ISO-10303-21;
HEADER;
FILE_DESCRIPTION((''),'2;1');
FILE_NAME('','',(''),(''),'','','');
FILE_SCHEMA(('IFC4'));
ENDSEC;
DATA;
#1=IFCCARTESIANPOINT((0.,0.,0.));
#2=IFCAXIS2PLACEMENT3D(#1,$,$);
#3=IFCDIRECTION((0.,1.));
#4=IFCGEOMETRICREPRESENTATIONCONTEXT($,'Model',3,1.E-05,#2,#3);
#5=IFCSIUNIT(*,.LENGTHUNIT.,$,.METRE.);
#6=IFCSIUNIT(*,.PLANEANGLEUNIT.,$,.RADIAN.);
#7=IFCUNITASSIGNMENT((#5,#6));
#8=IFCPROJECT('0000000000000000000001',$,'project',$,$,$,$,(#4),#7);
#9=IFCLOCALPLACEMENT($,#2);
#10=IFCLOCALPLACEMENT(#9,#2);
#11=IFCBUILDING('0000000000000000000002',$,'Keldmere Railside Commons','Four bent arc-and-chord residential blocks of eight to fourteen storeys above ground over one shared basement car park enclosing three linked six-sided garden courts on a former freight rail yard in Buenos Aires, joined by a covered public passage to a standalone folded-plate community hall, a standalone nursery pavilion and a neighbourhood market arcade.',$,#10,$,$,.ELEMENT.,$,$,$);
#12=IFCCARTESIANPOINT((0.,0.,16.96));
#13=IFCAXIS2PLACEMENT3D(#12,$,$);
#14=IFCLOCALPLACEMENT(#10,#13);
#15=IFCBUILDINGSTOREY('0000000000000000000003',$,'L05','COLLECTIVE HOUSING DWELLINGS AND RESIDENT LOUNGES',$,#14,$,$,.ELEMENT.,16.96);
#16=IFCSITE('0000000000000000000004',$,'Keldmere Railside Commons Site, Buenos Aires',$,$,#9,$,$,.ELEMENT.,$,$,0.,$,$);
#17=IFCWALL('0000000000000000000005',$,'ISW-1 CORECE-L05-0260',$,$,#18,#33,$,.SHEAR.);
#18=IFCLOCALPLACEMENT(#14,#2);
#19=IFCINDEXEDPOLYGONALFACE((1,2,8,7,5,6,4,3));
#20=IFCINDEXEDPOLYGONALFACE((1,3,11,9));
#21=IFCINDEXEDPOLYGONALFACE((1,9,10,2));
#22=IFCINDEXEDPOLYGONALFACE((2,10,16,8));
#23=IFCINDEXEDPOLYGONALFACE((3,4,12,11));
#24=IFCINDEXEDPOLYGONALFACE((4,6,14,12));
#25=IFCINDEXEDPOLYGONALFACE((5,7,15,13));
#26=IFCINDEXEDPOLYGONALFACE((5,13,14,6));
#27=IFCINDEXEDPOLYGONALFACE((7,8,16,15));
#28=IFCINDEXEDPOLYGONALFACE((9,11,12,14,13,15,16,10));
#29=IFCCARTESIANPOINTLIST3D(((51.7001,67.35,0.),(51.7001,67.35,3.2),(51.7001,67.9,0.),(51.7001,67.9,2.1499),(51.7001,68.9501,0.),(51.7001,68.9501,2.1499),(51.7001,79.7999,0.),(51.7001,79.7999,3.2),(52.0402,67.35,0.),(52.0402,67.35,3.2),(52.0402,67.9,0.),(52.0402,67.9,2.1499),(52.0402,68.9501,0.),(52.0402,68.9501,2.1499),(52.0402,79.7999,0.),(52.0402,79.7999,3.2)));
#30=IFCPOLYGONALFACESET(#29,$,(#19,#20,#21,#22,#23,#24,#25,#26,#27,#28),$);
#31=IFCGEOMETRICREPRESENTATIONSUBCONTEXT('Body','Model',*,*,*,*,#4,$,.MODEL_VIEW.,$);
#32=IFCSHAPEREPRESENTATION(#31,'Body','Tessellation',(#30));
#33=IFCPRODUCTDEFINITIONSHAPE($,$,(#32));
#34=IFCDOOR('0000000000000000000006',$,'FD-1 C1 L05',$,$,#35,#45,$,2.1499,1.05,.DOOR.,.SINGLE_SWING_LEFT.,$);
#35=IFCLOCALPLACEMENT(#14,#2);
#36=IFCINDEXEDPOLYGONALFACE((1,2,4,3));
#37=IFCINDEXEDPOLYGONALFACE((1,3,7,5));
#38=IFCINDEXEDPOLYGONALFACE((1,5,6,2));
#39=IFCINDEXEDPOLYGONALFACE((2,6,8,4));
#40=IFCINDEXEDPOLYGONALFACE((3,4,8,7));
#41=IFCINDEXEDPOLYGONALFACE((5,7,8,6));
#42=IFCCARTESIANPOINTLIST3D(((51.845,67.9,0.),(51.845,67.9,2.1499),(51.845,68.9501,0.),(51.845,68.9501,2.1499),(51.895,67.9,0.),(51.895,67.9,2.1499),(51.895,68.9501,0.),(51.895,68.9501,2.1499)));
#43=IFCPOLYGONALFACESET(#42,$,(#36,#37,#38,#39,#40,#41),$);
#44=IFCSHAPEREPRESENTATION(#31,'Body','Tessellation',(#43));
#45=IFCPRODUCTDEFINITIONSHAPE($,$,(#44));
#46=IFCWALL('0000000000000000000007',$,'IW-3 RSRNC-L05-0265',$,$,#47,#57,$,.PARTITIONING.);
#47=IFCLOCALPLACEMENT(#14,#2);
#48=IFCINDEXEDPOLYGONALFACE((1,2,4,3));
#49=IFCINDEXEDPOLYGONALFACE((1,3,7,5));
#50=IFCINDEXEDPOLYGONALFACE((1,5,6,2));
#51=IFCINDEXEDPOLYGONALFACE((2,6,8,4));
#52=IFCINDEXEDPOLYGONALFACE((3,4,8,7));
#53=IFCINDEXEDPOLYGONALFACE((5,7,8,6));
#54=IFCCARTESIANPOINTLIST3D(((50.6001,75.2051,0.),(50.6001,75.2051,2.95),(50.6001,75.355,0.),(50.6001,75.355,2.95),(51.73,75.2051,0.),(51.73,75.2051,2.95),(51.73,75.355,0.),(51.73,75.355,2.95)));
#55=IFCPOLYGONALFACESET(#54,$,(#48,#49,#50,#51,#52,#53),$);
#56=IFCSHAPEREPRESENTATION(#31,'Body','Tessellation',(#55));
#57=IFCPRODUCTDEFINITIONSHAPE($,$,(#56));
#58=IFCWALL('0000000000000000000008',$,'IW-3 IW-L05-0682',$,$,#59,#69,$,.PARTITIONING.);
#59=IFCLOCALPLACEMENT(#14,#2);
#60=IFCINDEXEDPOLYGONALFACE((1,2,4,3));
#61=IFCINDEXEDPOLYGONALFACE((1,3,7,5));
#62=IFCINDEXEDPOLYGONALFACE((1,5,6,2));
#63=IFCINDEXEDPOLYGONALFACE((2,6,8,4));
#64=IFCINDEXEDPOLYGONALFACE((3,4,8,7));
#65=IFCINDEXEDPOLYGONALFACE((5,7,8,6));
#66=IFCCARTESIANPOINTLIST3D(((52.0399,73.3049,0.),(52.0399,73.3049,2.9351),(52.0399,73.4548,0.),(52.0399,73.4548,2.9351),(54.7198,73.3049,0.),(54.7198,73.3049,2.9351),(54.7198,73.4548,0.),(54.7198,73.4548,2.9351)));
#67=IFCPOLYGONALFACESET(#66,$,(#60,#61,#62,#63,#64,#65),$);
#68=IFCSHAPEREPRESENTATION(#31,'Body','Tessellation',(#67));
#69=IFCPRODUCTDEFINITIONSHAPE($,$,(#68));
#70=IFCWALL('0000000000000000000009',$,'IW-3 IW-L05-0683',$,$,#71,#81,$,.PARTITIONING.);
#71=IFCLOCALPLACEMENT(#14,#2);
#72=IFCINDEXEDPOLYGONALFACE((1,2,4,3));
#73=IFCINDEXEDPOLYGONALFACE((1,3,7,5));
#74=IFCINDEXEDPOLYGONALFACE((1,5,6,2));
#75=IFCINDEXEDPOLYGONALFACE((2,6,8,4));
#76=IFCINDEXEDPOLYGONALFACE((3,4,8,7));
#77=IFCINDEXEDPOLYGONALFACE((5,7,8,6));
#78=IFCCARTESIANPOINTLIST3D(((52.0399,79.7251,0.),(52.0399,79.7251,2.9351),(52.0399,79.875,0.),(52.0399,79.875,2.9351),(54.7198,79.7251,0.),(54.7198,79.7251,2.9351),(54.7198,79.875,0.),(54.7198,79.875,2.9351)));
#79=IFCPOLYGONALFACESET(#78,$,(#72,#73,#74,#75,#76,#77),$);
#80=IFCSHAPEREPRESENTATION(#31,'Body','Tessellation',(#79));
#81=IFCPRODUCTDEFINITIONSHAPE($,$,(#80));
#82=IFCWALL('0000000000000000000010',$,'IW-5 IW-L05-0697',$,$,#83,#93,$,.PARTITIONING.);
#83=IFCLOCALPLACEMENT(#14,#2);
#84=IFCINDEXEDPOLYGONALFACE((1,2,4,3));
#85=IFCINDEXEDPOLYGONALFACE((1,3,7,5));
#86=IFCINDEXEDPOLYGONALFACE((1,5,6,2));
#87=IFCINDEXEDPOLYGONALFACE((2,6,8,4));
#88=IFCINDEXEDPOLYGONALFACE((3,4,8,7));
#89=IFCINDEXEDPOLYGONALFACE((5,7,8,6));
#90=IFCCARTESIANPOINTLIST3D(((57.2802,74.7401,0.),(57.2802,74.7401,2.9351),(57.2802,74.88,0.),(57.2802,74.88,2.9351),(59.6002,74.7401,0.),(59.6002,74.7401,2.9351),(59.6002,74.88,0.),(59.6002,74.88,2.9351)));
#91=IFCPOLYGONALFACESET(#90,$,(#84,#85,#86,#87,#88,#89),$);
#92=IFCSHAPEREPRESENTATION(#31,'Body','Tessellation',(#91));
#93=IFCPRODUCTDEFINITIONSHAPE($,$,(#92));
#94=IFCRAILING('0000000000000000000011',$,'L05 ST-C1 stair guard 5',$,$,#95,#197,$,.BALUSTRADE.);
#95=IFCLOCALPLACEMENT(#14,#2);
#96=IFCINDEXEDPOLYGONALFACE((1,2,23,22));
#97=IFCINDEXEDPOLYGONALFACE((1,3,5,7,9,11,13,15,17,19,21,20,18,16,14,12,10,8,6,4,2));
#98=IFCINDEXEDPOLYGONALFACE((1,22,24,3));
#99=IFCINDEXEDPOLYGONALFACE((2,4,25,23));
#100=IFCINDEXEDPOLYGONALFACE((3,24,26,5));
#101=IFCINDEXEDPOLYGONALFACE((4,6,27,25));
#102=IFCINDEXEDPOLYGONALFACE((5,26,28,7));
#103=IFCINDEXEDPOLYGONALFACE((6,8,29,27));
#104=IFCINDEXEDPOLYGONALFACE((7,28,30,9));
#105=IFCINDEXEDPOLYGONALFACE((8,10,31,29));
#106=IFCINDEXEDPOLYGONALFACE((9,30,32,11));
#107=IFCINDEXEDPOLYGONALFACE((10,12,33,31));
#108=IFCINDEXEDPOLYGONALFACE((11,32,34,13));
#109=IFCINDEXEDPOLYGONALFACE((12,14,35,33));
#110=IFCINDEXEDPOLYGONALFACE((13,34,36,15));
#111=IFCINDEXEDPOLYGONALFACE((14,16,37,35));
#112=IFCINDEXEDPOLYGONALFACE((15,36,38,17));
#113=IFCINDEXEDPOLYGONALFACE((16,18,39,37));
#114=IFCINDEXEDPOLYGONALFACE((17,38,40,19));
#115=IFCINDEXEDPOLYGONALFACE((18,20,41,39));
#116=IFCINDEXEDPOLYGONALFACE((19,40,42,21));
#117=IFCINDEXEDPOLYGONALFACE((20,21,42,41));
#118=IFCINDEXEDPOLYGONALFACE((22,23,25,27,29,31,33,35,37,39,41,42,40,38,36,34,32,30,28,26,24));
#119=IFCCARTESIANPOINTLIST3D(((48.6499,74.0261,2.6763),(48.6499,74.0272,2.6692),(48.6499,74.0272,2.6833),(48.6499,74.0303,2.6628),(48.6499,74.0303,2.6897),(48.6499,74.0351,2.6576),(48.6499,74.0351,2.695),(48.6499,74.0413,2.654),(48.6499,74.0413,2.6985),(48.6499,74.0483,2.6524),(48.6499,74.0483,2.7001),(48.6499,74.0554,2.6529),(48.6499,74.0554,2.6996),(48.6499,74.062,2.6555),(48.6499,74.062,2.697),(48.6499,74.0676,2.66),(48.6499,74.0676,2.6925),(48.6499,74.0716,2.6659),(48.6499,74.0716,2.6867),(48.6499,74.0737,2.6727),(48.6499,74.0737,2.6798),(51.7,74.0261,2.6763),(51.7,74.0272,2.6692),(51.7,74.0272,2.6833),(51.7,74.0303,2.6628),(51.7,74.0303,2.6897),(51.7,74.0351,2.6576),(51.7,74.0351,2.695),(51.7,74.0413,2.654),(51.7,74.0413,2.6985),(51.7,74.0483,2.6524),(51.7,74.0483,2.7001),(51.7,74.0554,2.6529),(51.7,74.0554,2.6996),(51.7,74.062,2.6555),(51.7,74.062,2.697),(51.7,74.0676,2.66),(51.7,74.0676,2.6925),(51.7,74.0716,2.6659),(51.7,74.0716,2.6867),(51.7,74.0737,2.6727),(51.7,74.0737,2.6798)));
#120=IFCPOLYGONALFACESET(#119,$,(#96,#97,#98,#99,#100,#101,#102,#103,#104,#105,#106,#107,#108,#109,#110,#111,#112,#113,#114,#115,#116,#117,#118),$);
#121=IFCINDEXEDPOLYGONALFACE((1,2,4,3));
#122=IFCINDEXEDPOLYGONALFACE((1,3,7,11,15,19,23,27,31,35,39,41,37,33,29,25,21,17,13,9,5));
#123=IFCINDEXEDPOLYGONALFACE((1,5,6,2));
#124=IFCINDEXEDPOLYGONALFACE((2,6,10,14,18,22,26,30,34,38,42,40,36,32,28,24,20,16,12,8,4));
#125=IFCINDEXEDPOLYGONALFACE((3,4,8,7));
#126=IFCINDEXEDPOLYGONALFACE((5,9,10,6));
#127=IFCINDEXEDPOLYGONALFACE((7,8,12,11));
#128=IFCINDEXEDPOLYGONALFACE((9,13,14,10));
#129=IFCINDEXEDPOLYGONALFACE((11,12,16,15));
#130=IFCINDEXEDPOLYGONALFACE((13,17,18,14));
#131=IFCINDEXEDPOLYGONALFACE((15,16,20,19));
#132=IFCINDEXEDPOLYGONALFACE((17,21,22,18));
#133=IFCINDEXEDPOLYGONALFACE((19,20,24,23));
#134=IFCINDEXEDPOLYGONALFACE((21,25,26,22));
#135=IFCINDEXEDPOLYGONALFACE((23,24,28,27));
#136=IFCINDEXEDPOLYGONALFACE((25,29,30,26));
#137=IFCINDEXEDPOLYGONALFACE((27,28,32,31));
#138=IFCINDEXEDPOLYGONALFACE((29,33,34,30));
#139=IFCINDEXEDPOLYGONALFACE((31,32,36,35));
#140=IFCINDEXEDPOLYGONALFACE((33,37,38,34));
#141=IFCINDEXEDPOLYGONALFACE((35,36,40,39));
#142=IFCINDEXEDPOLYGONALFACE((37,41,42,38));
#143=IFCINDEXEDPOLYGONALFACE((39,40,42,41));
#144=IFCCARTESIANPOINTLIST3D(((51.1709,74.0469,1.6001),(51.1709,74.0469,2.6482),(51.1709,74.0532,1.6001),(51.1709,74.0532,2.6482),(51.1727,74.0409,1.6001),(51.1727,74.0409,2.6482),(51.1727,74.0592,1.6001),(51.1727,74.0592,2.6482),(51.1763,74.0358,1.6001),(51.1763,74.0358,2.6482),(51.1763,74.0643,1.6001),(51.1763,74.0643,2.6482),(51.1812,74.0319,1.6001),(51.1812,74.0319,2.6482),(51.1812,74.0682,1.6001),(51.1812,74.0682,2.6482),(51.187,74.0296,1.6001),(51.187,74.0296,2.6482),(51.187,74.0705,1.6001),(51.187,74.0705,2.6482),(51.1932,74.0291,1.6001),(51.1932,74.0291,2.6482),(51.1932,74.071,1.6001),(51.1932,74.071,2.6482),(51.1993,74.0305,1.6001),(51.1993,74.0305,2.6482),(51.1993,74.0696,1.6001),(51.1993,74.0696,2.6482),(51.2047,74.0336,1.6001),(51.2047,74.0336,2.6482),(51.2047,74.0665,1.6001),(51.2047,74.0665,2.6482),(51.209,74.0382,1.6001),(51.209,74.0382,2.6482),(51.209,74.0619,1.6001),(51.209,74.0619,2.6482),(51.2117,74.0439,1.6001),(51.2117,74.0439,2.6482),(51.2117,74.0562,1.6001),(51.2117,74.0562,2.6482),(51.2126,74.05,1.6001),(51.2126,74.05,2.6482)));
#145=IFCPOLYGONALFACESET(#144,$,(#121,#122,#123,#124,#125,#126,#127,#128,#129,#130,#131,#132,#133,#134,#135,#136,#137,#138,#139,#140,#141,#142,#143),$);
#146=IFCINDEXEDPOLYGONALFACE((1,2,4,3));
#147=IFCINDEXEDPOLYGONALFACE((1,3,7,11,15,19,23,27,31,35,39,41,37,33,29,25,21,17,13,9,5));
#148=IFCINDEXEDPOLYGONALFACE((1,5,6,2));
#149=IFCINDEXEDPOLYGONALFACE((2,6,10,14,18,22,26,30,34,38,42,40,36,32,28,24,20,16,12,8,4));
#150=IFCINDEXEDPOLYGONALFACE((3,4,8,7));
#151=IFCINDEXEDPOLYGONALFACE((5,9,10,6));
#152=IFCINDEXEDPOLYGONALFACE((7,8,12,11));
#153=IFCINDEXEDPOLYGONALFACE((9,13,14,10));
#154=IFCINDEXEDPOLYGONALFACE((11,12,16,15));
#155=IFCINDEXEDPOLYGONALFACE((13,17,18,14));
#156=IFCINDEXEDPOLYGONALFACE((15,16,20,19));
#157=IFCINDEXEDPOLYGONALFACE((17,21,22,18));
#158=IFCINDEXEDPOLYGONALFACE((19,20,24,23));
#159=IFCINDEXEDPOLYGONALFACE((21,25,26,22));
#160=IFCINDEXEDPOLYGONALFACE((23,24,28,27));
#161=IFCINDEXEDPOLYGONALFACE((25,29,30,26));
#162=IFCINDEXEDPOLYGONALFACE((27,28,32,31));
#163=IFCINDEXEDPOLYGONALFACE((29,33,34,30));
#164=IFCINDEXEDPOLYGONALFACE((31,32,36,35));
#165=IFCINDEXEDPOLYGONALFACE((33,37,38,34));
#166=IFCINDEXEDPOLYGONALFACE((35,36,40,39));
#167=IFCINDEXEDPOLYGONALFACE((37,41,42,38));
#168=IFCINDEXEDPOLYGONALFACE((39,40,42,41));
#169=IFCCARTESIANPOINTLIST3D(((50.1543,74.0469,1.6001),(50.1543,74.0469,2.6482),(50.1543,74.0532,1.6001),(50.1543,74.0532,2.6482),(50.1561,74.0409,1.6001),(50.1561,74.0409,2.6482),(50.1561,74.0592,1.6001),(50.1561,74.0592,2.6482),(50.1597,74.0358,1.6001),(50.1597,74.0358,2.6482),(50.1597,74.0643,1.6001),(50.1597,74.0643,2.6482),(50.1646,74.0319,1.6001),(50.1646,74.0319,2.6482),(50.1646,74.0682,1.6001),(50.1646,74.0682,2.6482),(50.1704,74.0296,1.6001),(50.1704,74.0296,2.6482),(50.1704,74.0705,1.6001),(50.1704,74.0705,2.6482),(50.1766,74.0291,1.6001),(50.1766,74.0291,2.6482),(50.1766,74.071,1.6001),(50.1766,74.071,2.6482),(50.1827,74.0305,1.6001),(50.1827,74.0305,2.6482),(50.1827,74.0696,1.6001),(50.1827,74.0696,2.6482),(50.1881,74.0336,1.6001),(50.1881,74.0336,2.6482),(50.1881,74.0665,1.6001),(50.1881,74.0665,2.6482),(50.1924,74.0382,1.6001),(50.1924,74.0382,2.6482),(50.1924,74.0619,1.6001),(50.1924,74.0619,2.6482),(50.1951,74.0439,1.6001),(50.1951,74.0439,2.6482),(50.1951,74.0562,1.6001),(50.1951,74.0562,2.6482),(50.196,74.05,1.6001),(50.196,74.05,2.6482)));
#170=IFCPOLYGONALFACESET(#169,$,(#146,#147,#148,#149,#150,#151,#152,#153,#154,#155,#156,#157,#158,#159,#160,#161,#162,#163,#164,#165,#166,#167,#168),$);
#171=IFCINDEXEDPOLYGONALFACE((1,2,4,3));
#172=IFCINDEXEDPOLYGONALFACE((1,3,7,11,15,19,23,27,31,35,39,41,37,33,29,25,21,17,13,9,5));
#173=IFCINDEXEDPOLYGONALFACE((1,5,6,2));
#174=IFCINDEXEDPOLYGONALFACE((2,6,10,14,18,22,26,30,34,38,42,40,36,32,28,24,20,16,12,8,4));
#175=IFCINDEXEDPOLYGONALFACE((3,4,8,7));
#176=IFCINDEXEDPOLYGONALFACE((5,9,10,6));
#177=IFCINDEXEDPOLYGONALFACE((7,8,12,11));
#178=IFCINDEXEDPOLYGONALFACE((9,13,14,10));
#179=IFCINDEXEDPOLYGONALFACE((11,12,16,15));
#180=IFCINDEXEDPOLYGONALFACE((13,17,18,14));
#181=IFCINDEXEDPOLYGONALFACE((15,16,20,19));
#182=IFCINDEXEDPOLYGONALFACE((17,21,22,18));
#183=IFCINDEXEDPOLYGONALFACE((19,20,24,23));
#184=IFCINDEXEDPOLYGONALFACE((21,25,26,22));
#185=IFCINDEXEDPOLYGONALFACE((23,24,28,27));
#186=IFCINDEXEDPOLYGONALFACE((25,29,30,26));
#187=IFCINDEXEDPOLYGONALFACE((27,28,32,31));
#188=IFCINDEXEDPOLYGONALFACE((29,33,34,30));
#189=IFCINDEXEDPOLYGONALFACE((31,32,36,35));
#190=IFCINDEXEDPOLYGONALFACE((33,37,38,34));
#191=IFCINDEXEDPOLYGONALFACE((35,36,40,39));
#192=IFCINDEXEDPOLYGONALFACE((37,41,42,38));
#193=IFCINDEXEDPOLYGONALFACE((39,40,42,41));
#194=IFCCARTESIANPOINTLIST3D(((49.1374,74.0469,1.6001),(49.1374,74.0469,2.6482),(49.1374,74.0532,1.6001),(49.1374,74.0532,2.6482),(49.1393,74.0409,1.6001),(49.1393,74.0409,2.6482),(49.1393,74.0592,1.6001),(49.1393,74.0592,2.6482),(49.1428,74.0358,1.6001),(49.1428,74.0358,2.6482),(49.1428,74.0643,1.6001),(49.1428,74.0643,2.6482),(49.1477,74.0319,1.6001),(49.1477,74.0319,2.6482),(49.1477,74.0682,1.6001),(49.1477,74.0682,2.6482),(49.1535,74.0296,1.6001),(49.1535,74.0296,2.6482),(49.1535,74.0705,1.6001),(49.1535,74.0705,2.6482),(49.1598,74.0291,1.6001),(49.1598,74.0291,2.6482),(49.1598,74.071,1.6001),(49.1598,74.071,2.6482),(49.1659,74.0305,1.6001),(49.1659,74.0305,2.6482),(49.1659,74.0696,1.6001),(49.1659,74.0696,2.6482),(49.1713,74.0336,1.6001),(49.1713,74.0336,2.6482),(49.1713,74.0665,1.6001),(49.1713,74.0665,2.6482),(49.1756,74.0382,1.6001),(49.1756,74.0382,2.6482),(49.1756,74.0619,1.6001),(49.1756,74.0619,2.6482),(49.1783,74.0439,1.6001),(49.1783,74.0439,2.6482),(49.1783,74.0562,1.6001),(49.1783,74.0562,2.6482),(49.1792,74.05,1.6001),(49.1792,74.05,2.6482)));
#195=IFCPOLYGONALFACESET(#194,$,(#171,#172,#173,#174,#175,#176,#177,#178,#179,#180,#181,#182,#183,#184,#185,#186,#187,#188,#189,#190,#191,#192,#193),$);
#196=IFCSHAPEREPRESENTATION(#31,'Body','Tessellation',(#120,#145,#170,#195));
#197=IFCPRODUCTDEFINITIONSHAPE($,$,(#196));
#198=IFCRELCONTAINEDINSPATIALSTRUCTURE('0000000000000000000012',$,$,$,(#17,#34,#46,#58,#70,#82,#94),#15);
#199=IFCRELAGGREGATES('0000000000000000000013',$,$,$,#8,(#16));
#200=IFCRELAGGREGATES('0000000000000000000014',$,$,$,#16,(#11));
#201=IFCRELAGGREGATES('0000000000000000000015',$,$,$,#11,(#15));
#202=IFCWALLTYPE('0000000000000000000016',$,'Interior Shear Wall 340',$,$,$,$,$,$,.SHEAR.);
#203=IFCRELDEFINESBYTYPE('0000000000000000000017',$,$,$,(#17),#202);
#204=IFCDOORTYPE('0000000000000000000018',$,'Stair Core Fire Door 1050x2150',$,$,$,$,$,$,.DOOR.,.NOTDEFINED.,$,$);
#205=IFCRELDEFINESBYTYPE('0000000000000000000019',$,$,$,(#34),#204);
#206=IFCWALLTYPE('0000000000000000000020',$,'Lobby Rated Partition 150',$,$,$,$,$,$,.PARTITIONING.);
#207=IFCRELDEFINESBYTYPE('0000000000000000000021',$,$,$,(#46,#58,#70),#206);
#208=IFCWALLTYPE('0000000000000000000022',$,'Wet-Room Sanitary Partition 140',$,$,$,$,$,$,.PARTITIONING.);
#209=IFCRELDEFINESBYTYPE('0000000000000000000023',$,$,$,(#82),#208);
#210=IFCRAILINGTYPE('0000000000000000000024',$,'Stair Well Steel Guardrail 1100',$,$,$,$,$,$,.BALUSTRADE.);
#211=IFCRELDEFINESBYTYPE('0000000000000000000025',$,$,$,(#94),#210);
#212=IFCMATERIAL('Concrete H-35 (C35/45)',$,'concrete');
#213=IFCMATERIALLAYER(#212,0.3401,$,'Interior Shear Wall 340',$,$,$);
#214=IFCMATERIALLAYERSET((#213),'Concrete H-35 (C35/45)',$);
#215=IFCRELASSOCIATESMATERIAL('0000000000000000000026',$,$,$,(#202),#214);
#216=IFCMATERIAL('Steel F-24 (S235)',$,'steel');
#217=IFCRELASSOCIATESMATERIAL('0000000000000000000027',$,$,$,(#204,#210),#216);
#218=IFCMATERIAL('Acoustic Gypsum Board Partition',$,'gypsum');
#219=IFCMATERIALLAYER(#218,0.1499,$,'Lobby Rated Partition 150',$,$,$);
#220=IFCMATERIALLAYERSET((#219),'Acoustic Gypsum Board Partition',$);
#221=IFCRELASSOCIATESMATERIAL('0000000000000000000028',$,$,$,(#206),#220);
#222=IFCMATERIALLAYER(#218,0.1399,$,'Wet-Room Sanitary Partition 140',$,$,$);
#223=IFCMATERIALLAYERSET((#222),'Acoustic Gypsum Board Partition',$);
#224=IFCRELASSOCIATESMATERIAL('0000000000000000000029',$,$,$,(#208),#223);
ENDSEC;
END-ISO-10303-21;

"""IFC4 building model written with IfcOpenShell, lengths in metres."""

from ifc_helpers import new_model, si_unit, direction, frame, frame_2d, origin, origin_2d, place, context, subcontext, project, spatial, rectangle, circle, extrude, material, layer, layer_set, type_object, element, fill, save


model = new_model("IFC4")

# Units and contexts
model_context = context("Model", 3, precision=1e-05, world=origin(), true_north=direction((0.0, 1.0)))
body_context = subcontext(model_context, "Body", "Model", "MODEL_VIEW")
ifc_project = project(units=[si_unit("LENGTHUNIT", "METRE"), si_unit("PLANEANGLEUNIT", "RADIAN")], contexts=[model_context])

# Site, building, storey
site_placement = place(None, origin())
site = spatial("IfcSite", under=ifc_project, at=site_placement, Name="Keldmere Railside Commons Site, Buenos Aires", CompositionType="ELEMENT", RefElevation=0.0)
building_placement = place(site_placement, origin())
building = spatial("IfcBuilding", under=site, at=building_placement, Name="Keldmere Railside Commons", Description="Four bent arc-and-chord residential blocks of eight to fourteen storeys above ground over one shared basement car park enclosing three linked six-sided garden courts on a former freight rail yard in Buenos Aires, joined by a covered public passage to a standalone folded-plate community hall, a standalone nursery pavilion and a neighbourhood market arcade.", CompositionType="ELEMENT")
storey_placement = place(building_placement, frame((0.0, 0.0, 16.96)))
storey = spatial("IfcBuildingStorey", under=building, at=storey_placement, Name="L05", Description="COLLECTIVE HOUSING DWELLINGS AND RESIDENT LOUNGES", CompositionType="ELEMENT", Elevation=16.96)

# Shared definitions
ifc_material_1 = material(Name="Concrete H-35 (C35/45)", Category="concrete")

# Shared definitions
ifc_material_2 = material(Name="Acoustic Gypsum Board Partition", Category="gypsum")

# Wall, opening, door
ifc_layer_1 = layer(ifc_material_1, 0.3401, Name="Interior Shear Wall 340")
ifc_layer_set_1 = layer_set([ifc_layer_1], Name="Concrete H-35 (C35/45)")
wall_type_1 = type_object("IfcWallType", Name="Interior Shear Wall 340", PredefinedType="SHEAR", material=ifc_layer_set_1)
wall_1_placement = place(storey_placement, frame((51.8701, 79.8, 0.0), z_axis=(0.0, 0.0, 1.0), x_axis=(0.0, -1.0, 0.0)))
wall_1 = element("IfcWall", 1, at=wall_1_placement, inside=storey, type_object=wall_type_1, Name="ISW-1 CORECE-L05-0260", PredefinedType="SHEAR", context=body_context, shape_type="SweptSolid", body=[
    extrude(rectangle(XDim=12.45, YDim=0.3401, at=frame_2d((6.2251, 0.0))), origin(), (0.0, 0.0, 1.0), 3.2),
])
opening_1_placement = place(wall_1_placement, frame((10.8501, 0.0, 0.0)))
opening_1 = element("IfcOpeningElement", 2, at=opening_1_placement, cuts=wall_1, PredefinedType="OPENING", context=body_context, shape_type="SweptSolid", body=[
    extrude(rectangle(XDim=1.05, YDim=2.1499, at=frame_2d((0.5249, 1.075))), frame((0.0, 0.1799, 0.0), z_axis=(0.0, -1.0, 0.0), x_axis=(1.0, 0.0, 0.0)), (0.0, 0.0, 1.0), 0.3601),
])
ifc_material_3 = material(Name="Steel F-24 (S235)", Category="steel")
door_type_1 = type_object("IfcDoorType", Name="Stair Core Fire Door 1050x2150", OperationType="NOTDEFINED", PredefinedType="DOOR", material=ifc_material_3)
door_1_placement = place(opening_1_placement, origin())
door_1 = element("IfcDoor", 3, at=door_1_placement, inside=storey, type_object=door_type_1, Name="FD-1 C1 L05", OperationType="SINGLE_SWING_LEFT", OverallHeight=2.1499, OverallWidth=1.05, PredefinedType="DOOR", context=body_context, shape_type="SweptSolid", body=[
    extrude(rectangle(XDim=1.05, YDim=2.1499, at=frame_2d((0.5249, 1.075))), frame((0.0, 0.0249, 0.0), z_axis=(0.0, -1.0, 0.0), x_axis=(1.0, 0.0, 0.0)), (0.0, 0.0, 1.0), 0.05),
])
fill(opening_1, door_1)

# Walls
ifc_layer_2 = layer(ifc_material_2, 0.1499, Name="Lobby Rated Partition 150")
ifc_layer_set_2 = layer_set([ifc_layer_2], Name="Acoustic Gypsum Board Partition")
wall_type_2 = type_object("IfcWallType", Name="Lobby Rated Partition 150", PredefinedType="PARTITIONING", material=ifc_layer_set_2)
wall_2_placement = place(storey_placement, frame((50.6001, 75.28, 0.0), z_axis=(0.0, 0.0, 1.0), x_axis=(1.0, 0.0, 0.0)))
element("IfcWall", 4, at=wall_2_placement, inside=storey, type_object=wall_type_2, Name="IW-3 RSRNC-L05-0265", PredefinedType="PARTITIONING", context=body_context, shape_type="SweptSolid", body=[
    extrude(rectangle(XDim=1.1299, YDim=0.1499, at=frame_2d((0.5649, 0.0))), origin(), (0.0, 0.0, 1.0), 2.95),
])
for number, where, z_axis, x_axis, name in (
    (5, (52.04, 73.3799, 0.0), (0.0, 0.0, 1.0), (1.0, 0.0, 0.0), "IW-3 IW-L05-0682"),
    (6, (52.04, 79.8, 0.0), (0.0, 0.0, 1.0), (1.0, 0.0, 0.0), "IW-3 IW-L05-0683"),
):
    element("IfcWall", number, at=place(storey_placement, frame(where, z_axis=z_axis, x_axis=x_axis)), inside=storey, type_object=wall_type_2, Name=name, PredefinedType="PARTITIONING", context=body_context, shape_type="SweptSolid", body=[
        extrude(rectangle(XDim=2.6799, YDim=0.1499, at=frame_2d((1.3398, 0.0))), origin(), (0.0, 0.0, 1.0), 2.9351),
    ])
ifc_layer_3 = layer(ifc_material_2, 0.1399, Name="Wet-Room Sanitary Partition 140")
ifc_layer_set_3 = layer_set([ifc_layer_3], Name="Acoustic Gypsum Board Partition")
wall_type_3 = type_object("IfcWallType", Name="Wet-Room Sanitary Partition 140", PredefinedType="PARTITIONING", material=ifc_layer_set_3)
wall_3_placement = place(storey_placement, frame((57.28, 74.8101, 0.0), z_axis=(0.0, 0.0, 1.0), x_axis=(1.0, 0.0, 0.0)))
element("IfcWall", 7, at=wall_3_placement, inside=storey, type_object=wall_type_3, Name="IW-5 IW-L05-0697", PredefinedType="PARTITIONING", context=body_context, shape_type="SweptSolid", body=[
    extrude(rectangle(XDim=2.3201, YDim=0.1399, at=frame_2d((1.1602, 0.0))), origin(), (0.0, 0.0, 1.0), 2.9351),
])

# Railing
railing_type = type_object("IfcRailingType", Name="Stair Well Steel Guardrail 1100", PredefinedType="BALUSTRADE", material=ifc_material_3)
railing_1_placement = place(storey_placement, frame((51.7, 74.05, 1.6001)))
element("IfcRailing", 8, at=railing_1_placement, inside=storey, type_object=railing_type, Name="L05 ST-C1 stair guard 5", PredefinedType="BALUSTRADE", context=body_context, shape_type="SweptSolid", body=[
    extrude(circle(Radius=0.0239, at=origin_2d()), frame((0.0, 0.0, 1.0762), z_axis=(-1.0, 0.0, 0.0), x_axis=(0.0, -1.0, 0.0)), (0.0, 0.0, 1.0), 3.05),
    extrude(circle(Radius=0.021, at=origin_2d()), frame((-0.5083, 0.0, 0.0)), (0.0, 0.0, 1.0), 1.0481),
    extrude(circle(Radius=0.021, at=origin_2d()), frame((-1.5249, 0.0, 0.0)), (0.0, 0.0, 1.0), 1.0481),
    extrude(circle(Radius=0.021, at=origin_2d()), frame((-2.5417, 0.0, 0.0)), (0.0, 0.0, 1.0), 1.0481),
])

save(model, "model.ifc")
